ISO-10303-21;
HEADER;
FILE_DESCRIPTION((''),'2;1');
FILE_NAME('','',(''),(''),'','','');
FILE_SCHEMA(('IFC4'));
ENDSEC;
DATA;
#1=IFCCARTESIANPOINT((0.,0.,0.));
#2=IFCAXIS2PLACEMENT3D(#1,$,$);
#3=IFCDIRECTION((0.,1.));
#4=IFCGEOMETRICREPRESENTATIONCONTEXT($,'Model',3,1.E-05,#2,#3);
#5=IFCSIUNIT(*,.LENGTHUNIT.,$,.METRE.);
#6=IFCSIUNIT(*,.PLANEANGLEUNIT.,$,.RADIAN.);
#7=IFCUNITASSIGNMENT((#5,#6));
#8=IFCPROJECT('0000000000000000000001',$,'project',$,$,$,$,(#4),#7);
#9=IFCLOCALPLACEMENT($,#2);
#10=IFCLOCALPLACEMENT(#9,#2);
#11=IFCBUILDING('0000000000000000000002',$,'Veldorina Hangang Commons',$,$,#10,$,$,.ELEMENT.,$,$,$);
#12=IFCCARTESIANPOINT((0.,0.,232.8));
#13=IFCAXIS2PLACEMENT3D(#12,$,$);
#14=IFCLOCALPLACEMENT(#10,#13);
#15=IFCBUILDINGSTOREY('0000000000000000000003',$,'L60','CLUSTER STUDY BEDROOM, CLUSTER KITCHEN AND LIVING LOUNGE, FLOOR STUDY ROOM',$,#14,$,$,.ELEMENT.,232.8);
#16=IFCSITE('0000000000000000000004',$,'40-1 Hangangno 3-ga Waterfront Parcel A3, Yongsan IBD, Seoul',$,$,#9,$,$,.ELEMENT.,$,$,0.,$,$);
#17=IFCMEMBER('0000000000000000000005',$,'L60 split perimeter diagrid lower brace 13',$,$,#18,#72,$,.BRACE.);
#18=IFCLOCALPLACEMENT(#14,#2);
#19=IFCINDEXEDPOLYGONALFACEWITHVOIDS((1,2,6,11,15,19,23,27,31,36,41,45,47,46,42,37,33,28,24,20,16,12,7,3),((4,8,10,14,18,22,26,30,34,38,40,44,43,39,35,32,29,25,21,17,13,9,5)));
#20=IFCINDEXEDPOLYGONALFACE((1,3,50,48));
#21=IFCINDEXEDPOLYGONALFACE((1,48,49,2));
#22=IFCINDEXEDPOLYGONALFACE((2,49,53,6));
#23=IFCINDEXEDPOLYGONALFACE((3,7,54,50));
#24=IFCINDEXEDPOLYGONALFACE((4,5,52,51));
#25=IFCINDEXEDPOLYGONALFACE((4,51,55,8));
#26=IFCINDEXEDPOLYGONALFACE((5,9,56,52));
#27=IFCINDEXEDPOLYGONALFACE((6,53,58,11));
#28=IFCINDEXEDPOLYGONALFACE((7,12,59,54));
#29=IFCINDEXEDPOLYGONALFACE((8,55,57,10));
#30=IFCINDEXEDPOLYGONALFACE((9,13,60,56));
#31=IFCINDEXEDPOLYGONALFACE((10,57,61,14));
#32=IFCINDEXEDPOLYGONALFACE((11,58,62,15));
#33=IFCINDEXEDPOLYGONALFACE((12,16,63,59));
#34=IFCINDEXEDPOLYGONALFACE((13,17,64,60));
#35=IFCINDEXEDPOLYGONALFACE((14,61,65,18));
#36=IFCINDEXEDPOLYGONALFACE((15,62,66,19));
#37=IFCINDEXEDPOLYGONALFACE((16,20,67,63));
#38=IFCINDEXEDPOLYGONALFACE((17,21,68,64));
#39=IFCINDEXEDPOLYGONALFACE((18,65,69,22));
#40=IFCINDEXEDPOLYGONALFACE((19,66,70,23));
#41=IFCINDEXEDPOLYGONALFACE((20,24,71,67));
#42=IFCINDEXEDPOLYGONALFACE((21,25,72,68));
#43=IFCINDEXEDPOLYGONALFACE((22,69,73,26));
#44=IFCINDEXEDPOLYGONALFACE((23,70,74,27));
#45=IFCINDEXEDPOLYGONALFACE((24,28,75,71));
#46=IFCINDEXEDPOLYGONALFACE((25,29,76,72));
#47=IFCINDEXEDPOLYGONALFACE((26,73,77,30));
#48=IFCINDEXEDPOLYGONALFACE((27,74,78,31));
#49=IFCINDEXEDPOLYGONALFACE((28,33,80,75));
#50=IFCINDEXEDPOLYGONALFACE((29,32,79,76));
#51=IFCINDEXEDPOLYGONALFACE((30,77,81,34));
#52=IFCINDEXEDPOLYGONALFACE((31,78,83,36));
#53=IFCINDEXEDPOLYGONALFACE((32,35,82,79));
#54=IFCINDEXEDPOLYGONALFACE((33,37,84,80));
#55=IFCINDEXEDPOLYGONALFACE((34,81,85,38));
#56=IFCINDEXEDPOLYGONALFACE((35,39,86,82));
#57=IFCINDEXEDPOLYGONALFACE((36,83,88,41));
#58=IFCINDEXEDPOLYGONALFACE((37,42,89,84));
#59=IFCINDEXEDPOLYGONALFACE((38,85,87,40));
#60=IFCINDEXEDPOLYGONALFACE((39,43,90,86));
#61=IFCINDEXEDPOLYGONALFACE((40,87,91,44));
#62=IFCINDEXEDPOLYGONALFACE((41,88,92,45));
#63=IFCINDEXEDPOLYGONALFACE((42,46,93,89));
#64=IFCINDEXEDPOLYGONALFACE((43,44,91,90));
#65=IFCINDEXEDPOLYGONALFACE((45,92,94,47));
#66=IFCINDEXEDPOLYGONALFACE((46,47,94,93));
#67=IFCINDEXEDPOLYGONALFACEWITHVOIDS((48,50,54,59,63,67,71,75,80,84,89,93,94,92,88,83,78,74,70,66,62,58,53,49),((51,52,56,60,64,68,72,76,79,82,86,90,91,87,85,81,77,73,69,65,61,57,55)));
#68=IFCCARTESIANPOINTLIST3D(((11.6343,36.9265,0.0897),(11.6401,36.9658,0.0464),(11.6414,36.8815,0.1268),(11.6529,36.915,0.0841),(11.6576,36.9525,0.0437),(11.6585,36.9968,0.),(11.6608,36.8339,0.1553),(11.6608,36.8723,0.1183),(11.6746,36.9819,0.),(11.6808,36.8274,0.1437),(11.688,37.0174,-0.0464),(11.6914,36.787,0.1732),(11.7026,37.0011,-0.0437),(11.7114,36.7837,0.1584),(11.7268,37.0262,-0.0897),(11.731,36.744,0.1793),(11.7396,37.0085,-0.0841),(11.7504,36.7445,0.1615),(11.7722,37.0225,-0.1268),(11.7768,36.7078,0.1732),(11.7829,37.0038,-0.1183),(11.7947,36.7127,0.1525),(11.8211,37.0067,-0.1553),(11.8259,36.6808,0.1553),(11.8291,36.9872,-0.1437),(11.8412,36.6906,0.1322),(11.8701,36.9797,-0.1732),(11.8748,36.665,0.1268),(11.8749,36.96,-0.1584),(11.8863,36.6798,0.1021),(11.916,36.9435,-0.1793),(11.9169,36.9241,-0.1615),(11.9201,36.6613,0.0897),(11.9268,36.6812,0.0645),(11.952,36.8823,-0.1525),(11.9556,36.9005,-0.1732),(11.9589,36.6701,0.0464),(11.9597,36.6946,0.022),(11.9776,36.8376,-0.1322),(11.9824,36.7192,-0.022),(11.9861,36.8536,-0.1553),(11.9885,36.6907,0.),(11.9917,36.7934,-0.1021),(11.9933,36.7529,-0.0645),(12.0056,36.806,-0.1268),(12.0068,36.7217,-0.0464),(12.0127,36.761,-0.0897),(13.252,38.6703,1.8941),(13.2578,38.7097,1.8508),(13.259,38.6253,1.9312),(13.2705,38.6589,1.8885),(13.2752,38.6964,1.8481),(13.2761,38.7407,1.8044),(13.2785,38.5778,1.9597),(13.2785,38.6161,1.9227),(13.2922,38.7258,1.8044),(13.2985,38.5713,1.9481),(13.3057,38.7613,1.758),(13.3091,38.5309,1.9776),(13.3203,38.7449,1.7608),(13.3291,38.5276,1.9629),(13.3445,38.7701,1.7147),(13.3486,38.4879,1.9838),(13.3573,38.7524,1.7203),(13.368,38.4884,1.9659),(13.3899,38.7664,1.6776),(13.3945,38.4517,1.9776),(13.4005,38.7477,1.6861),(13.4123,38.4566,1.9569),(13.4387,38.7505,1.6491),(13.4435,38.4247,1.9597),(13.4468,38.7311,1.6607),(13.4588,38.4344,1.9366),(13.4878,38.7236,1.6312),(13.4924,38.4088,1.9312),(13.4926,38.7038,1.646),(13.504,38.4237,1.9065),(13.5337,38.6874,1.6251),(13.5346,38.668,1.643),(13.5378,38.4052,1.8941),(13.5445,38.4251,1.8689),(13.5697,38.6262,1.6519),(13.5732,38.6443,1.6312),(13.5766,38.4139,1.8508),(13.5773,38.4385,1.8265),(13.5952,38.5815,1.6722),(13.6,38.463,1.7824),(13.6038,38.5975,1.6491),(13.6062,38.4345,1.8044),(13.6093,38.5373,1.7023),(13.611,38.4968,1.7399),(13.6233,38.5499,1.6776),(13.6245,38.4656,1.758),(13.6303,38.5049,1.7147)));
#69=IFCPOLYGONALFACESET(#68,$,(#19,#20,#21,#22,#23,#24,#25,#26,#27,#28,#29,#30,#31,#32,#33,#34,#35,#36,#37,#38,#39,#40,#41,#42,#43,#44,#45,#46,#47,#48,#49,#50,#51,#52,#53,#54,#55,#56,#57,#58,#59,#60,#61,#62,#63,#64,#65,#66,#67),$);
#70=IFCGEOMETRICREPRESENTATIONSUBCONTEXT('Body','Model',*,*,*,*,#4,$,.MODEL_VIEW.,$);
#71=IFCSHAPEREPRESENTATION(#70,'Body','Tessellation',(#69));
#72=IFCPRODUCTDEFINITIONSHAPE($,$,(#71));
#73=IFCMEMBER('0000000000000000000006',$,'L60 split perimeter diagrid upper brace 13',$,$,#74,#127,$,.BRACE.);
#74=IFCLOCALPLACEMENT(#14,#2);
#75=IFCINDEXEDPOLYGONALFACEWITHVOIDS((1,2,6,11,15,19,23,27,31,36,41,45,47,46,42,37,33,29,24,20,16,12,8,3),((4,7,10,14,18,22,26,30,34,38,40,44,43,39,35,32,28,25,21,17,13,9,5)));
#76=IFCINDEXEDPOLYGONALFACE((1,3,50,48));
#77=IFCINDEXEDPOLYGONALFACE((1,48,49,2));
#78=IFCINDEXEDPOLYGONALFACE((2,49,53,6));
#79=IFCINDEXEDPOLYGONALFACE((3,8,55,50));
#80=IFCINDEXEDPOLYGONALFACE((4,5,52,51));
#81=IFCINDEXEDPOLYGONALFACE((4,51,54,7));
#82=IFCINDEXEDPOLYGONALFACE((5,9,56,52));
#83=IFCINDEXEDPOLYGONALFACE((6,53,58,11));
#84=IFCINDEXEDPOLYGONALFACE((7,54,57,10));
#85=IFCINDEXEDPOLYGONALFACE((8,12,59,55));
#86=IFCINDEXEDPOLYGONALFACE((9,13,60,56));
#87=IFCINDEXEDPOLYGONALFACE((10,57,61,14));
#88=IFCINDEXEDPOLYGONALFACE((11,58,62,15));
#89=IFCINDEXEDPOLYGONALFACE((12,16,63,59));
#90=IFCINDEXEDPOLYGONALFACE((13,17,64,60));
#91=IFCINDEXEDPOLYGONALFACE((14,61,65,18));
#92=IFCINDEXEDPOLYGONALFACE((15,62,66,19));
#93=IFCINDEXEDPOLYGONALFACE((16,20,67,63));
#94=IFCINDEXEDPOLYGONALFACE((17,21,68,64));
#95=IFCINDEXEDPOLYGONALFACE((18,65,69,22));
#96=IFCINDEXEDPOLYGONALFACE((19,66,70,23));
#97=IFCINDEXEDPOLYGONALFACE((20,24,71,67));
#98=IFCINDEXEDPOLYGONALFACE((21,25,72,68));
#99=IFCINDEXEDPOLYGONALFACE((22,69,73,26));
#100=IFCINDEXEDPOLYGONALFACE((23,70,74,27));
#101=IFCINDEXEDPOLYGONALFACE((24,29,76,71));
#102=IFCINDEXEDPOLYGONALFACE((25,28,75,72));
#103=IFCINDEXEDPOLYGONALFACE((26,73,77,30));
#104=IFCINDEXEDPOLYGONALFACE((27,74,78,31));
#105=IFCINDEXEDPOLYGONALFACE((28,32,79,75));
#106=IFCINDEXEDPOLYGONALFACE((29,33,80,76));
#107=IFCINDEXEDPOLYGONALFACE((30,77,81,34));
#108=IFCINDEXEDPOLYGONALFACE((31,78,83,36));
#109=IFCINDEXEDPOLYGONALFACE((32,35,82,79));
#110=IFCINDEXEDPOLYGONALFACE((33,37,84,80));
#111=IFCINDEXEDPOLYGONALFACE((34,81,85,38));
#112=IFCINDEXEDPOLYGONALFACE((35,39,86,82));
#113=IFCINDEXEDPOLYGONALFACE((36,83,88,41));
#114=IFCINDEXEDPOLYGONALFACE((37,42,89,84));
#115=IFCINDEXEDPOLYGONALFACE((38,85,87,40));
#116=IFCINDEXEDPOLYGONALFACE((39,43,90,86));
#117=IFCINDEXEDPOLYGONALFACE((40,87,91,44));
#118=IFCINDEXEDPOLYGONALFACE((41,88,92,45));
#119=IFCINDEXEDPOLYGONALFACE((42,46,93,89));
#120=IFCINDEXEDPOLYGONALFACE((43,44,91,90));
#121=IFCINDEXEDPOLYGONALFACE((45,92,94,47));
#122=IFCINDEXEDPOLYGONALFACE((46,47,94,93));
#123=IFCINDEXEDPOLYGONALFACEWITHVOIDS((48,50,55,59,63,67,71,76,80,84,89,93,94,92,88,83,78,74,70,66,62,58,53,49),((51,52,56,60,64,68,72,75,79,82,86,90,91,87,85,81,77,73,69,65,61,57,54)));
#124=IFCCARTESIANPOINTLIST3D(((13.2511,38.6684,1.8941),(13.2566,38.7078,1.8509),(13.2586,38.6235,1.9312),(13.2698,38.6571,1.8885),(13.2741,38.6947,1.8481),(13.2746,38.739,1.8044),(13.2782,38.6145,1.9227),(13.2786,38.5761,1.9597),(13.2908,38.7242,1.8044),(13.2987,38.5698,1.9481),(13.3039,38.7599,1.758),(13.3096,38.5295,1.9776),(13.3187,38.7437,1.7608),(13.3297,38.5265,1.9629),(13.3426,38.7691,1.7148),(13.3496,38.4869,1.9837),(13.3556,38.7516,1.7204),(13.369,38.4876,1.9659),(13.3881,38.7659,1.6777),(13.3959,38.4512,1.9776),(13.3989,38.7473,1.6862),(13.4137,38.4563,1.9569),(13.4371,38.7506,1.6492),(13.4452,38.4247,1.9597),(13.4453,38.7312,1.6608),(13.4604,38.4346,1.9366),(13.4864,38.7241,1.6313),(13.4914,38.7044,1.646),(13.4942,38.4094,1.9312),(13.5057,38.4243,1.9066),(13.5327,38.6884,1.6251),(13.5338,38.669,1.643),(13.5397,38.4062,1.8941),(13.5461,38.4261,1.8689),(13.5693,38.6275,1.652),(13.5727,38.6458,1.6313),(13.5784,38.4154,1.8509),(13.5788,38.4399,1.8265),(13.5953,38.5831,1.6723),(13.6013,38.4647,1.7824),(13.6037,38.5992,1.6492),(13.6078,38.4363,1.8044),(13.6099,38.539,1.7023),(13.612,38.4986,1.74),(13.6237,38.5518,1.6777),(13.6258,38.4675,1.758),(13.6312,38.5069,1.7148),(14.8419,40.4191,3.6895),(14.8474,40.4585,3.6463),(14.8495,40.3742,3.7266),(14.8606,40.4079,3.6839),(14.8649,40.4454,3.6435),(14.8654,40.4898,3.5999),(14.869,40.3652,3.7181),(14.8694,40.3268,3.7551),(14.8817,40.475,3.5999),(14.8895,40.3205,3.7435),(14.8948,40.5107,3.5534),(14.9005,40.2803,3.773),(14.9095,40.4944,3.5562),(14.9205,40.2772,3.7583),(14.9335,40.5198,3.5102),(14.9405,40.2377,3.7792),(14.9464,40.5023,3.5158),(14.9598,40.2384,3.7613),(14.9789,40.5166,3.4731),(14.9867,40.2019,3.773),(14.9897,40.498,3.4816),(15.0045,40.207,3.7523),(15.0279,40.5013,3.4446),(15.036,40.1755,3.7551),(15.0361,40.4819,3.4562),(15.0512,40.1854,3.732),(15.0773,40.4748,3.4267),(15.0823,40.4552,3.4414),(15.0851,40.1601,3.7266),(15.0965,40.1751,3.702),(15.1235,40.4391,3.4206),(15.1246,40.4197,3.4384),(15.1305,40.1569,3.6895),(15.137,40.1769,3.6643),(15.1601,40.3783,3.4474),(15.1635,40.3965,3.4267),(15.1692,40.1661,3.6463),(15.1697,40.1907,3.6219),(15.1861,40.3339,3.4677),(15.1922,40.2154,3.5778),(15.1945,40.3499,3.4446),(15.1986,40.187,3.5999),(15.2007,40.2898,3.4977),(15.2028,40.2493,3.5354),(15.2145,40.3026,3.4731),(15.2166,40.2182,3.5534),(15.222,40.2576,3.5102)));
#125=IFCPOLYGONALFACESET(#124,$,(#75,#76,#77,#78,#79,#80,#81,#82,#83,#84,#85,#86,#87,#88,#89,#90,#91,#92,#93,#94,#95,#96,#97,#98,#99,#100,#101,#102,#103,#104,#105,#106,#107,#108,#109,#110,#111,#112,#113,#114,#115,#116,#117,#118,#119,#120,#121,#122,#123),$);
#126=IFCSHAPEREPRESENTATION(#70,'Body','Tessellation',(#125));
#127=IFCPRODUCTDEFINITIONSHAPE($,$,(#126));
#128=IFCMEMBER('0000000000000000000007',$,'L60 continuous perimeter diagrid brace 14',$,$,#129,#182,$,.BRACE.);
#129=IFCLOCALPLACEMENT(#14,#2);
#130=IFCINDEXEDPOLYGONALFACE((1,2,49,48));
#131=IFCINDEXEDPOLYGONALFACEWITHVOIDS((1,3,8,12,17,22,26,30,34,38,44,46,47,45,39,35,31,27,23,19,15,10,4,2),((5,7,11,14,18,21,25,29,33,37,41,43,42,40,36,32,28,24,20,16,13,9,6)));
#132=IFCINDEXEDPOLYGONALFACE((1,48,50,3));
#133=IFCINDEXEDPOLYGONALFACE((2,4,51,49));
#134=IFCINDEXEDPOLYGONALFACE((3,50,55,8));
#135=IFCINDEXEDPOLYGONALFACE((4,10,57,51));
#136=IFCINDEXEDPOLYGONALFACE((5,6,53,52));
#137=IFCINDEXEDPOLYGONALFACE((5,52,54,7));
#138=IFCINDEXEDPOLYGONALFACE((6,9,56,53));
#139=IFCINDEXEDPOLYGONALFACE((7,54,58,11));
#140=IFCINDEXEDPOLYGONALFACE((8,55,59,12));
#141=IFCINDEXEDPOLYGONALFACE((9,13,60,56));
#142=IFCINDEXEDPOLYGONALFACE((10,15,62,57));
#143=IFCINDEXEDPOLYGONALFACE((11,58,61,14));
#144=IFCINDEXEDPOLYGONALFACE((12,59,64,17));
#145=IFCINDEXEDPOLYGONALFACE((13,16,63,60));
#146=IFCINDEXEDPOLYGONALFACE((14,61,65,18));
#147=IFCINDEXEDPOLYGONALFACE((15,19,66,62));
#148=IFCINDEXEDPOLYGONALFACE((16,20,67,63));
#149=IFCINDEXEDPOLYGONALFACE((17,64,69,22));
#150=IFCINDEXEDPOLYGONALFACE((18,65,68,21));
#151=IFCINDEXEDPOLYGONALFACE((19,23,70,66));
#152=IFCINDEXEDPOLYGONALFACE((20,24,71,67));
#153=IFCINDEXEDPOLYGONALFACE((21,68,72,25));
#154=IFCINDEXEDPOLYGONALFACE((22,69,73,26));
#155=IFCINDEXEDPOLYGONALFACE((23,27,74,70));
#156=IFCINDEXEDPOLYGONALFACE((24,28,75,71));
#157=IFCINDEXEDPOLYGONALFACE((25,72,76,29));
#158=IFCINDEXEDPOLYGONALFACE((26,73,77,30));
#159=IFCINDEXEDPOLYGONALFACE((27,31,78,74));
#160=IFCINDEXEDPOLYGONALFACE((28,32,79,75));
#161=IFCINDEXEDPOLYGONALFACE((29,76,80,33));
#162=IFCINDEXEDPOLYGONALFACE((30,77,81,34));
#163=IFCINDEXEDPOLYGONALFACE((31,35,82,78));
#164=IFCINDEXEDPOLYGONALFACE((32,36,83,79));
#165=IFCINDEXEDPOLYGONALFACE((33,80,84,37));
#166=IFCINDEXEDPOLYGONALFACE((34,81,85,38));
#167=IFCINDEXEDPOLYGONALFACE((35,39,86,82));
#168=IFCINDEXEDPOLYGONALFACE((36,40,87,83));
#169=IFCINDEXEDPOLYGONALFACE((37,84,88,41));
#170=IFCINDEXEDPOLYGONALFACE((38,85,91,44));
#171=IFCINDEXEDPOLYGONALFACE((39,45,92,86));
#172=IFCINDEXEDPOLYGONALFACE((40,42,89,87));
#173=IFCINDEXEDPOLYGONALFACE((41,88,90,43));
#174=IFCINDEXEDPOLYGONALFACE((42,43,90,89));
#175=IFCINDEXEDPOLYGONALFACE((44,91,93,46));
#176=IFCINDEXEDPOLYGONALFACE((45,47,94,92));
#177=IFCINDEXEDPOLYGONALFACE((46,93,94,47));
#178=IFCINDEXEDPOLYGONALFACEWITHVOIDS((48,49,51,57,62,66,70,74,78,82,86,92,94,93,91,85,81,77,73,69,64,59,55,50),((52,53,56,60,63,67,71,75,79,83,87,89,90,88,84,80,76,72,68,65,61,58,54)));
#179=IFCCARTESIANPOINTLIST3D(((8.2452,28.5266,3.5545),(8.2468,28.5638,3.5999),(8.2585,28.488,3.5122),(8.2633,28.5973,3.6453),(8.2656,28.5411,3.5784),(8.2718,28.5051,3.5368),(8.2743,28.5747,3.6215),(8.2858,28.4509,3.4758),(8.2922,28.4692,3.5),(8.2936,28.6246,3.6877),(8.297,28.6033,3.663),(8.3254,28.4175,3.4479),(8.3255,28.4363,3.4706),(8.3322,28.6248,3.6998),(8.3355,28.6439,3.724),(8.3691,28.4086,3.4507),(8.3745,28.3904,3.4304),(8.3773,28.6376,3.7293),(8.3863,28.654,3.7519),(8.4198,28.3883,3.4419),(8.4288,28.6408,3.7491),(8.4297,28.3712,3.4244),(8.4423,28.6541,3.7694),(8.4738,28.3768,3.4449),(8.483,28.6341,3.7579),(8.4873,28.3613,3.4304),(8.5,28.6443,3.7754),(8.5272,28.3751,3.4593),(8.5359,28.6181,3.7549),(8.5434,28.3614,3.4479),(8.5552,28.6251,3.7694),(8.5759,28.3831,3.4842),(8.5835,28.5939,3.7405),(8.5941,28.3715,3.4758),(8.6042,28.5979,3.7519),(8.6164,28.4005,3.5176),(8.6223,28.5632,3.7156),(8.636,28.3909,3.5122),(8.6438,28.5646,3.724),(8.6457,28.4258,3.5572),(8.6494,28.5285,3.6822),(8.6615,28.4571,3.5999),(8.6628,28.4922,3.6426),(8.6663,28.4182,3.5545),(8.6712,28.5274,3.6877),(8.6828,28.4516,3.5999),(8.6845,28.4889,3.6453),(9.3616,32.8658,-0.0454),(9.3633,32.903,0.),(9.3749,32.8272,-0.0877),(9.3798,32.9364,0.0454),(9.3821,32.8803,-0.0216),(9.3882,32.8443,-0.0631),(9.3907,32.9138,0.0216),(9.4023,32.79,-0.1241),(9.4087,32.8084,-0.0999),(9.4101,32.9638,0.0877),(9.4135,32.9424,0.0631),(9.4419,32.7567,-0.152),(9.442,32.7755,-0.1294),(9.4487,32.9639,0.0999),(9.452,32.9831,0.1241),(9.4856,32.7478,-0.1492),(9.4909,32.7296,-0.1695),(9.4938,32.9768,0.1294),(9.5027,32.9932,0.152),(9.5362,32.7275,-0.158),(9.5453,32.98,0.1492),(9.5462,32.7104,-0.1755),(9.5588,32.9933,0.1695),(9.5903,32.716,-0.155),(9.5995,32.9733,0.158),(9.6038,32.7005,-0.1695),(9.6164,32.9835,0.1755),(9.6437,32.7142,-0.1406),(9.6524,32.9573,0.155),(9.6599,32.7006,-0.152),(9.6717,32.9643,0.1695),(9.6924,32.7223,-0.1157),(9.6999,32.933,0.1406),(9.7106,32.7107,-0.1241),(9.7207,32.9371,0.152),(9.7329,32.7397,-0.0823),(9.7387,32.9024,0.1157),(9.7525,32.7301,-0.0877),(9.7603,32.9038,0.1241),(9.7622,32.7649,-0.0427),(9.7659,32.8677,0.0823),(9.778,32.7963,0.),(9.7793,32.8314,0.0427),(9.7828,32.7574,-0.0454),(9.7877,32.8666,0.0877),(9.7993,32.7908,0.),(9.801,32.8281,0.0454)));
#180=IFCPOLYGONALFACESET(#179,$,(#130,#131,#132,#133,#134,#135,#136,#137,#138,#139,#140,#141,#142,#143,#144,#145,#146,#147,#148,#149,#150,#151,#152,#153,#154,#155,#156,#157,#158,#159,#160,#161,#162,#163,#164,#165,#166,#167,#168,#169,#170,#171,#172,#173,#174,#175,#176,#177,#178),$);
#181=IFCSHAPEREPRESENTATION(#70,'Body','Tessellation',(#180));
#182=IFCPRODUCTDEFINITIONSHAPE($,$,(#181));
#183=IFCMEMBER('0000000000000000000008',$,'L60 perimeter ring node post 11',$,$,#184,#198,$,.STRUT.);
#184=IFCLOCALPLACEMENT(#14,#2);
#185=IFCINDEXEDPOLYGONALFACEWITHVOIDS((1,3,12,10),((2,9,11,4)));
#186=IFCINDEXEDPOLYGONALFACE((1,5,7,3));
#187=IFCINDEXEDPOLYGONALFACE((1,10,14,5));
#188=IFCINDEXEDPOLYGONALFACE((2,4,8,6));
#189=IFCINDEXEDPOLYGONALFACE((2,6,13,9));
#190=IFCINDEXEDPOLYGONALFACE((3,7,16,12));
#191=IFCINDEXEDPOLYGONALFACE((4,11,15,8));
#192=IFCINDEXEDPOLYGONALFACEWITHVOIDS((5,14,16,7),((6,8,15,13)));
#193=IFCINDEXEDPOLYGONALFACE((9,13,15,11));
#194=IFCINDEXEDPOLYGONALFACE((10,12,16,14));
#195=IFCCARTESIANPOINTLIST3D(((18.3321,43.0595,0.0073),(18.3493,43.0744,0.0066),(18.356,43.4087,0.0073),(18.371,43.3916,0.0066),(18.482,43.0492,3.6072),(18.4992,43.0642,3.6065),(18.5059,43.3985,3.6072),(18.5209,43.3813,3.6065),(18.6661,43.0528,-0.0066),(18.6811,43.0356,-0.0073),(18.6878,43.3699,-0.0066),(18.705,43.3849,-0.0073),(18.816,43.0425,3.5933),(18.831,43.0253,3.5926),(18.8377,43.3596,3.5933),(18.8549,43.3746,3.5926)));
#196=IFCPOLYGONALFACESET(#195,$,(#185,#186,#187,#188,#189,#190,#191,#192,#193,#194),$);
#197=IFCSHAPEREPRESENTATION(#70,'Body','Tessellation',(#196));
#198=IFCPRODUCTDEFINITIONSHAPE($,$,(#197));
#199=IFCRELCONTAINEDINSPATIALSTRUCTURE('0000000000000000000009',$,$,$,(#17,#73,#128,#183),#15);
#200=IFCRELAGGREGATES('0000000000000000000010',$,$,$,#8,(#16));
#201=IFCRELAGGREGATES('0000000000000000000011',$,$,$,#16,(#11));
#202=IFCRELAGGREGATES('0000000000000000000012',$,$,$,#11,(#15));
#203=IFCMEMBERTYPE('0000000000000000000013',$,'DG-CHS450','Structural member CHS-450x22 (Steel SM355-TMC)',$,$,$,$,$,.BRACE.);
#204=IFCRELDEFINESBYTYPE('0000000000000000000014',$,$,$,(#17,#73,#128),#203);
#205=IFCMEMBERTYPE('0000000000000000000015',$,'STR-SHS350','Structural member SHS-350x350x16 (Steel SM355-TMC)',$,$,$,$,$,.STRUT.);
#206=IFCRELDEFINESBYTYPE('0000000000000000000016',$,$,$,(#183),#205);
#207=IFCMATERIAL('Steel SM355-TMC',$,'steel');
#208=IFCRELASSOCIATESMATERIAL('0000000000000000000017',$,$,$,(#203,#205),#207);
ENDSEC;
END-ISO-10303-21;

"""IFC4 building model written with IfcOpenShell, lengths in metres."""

from ifc_helpers import new_model, si_unit, direction, frame, origin, origin_2d, place, context, subcontext, project, spatial, hollow_rectangle, hollow_circle, extrude, material, material_profile, profile_set, type_object, element, save


model = new_model("IFC4")

# Units and contexts
model_context = context("Model", 3, precision=1e-05, world=origin(), true_north=direction((0.0, 1.0)))
body_context = subcontext(model_context, "Body", "Model", "MODEL_VIEW")
ifc_project = project(units=[si_unit("LENGTHUNIT", "METRE"), si_unit("PLANEANGLEUNIT", "RADIAN")], contexts=[model_context])

# Site, building, storey
site_placement = place(None, origin())
site = spatial("IfcSite", under=ifc_project, at=site_placement, Name="40-1 Hangangno 3-ga Waterfront Parcel A3, Yongsan IBD, Seoul", CompositionType="ELEMENT", RefElevation=0.0)
building_placement = place(site_placement, origin())
building = spatial("IfcBuilding", under=site, at=building_placement, Name="Veldorina Hangang Commons", CompositionType="ELEMENT")
storey_placement = place(building_placement, frame((0.0, 0.0, 232.8)))
storey = spatial("IfcBuildingStorey", under=building, at=storey_placement, Name="L60", Description="CLUSTER STUDY BEDROOM, CLUSTER KITCHEN AND LIVING LOUNGE, FLOOR STUDY ROOM", CompositionType="ELEMENT", Elevation=232.8)

# Shared definitions
ifc_material_1 = material(Name="Steel SM355-TMC", Category="steel")

# Members
ifc_material_profile_1 = material_profile(ifc_material_1, hollow_circle(Radius=0.2251, WallThickness=0.022, at=origin_2d()), Name="CHS-450x22")
ifc_profile_set_1 = profile_set([ifc_material_profile_1], Name="Steel SM355-TMC")
member_type_1 = type_object("IfcMemberType", Name="DG-CHS450", Description="Structural member CHS-450x22 (Steel SM355-TMC)", PredefinedType="BRACE", material=ifc_profile_set_1)
member_1_placement = place(storey_placement, frame((11.8235, 36.8438, 0.0), z_axis=(0.541818, 0.584094, 0.604373), x_axis=(-0.733141, 0.680077, 0.0)))
element("IfcMember", 1, at=member_1_placement, inside=storey, type_object=member_type_1, Name="L60 split perimeter diagrid lower brace 13", PredefinedType="BRACE", context=body_context, shape_type="SweptSolid", body=[
    extrude(hollow_circle(Radius=0.2251, WallThickness=0.022, at=origin_2d()), origin(), (0.0, 0.0, 1.0), 2.9856),
])
member_2_placement = place(storey_placement, frame((13.4412, 38.5876, 1.8044), z_axis=(0.535679, 0.589527, 0.604571), x_axis=(-0.740099, 0.672498, 0.0)))
element("IfcMember", 2, at=member_2_placement, inside=storey, type_object=member_type_1, Name="L60 split perimeter diagrid upper brace 13", PredefinedType="BRACE", context=body_context, shape_type="SweptSolid", body=[
    extrude(hollow_circle(Radius=0.2251, WallThickness=0.022, at=origin_2d()), origin(), (0.0, 0.0, 1.0), 2.9697),
])
member_3_placement = place(storey_placement, frame((9.5813, 32.8469, 0.0), z_axis=(-0.194252, -0.754961, 0.626338), x_axis=(0.968456, -0.249184, 0.0)))
element("IfcMember", 3, at=member_3_placement, inside=storey, type_object=member_type_1, Name="L60 continuous perimeter diagrid brace 14", PredefinedType="BRACE", context=body_context, shape_type="SweptSolid", body=[
    extrude(hollow_circle(Radius=0.2251, WallThickness=0.022, at=origin_2d()), origin(), (0.0, 0.0, 1.0), 5.7476),
])
ifc_material_profile_2 = material_profile(ifc_material_1, hollow_rectangle(XDim=0.3501, YDim=0.3501, WallThickness=0.0161, at=origin_2d()), Name="SHS-350x350x16")
ifc_profile_set_2 = profile_set([ifc_material_profile_2], Name="Steel SM355-TMC")
member_type_2 = type_object("IfcMemberType", Name="STR-SHS350", Description="Structural member SHS-350x350x16 (Steel SM355-TMC)", PredefinedType="STRUT", material=ifc_profile_set_2)
member_4_placement = place(storey_placement, frame((18.5186, 43.2222, 0.0), z_axis=(0.041605, -0.002846, 0.99913), x_axis=(0.068244, 0.997669, 0.0)))
element("IfcMember", 4, at=member_4_placement, inside=storey, type_object=member_type_2, Name="L60 perimeter ring node post 11", PredefinedType="STRUT", context=body_context, shape_type="SweptSolid", body=[
    extrude(hollow_rectangle(XDim=0.3501, YDim=0.3501, WallThickness=0.0161, at=origin_2d()), origin(), (0.0, 0.0, 1.0), 3.603),
])

save(model, "model.ifc")
